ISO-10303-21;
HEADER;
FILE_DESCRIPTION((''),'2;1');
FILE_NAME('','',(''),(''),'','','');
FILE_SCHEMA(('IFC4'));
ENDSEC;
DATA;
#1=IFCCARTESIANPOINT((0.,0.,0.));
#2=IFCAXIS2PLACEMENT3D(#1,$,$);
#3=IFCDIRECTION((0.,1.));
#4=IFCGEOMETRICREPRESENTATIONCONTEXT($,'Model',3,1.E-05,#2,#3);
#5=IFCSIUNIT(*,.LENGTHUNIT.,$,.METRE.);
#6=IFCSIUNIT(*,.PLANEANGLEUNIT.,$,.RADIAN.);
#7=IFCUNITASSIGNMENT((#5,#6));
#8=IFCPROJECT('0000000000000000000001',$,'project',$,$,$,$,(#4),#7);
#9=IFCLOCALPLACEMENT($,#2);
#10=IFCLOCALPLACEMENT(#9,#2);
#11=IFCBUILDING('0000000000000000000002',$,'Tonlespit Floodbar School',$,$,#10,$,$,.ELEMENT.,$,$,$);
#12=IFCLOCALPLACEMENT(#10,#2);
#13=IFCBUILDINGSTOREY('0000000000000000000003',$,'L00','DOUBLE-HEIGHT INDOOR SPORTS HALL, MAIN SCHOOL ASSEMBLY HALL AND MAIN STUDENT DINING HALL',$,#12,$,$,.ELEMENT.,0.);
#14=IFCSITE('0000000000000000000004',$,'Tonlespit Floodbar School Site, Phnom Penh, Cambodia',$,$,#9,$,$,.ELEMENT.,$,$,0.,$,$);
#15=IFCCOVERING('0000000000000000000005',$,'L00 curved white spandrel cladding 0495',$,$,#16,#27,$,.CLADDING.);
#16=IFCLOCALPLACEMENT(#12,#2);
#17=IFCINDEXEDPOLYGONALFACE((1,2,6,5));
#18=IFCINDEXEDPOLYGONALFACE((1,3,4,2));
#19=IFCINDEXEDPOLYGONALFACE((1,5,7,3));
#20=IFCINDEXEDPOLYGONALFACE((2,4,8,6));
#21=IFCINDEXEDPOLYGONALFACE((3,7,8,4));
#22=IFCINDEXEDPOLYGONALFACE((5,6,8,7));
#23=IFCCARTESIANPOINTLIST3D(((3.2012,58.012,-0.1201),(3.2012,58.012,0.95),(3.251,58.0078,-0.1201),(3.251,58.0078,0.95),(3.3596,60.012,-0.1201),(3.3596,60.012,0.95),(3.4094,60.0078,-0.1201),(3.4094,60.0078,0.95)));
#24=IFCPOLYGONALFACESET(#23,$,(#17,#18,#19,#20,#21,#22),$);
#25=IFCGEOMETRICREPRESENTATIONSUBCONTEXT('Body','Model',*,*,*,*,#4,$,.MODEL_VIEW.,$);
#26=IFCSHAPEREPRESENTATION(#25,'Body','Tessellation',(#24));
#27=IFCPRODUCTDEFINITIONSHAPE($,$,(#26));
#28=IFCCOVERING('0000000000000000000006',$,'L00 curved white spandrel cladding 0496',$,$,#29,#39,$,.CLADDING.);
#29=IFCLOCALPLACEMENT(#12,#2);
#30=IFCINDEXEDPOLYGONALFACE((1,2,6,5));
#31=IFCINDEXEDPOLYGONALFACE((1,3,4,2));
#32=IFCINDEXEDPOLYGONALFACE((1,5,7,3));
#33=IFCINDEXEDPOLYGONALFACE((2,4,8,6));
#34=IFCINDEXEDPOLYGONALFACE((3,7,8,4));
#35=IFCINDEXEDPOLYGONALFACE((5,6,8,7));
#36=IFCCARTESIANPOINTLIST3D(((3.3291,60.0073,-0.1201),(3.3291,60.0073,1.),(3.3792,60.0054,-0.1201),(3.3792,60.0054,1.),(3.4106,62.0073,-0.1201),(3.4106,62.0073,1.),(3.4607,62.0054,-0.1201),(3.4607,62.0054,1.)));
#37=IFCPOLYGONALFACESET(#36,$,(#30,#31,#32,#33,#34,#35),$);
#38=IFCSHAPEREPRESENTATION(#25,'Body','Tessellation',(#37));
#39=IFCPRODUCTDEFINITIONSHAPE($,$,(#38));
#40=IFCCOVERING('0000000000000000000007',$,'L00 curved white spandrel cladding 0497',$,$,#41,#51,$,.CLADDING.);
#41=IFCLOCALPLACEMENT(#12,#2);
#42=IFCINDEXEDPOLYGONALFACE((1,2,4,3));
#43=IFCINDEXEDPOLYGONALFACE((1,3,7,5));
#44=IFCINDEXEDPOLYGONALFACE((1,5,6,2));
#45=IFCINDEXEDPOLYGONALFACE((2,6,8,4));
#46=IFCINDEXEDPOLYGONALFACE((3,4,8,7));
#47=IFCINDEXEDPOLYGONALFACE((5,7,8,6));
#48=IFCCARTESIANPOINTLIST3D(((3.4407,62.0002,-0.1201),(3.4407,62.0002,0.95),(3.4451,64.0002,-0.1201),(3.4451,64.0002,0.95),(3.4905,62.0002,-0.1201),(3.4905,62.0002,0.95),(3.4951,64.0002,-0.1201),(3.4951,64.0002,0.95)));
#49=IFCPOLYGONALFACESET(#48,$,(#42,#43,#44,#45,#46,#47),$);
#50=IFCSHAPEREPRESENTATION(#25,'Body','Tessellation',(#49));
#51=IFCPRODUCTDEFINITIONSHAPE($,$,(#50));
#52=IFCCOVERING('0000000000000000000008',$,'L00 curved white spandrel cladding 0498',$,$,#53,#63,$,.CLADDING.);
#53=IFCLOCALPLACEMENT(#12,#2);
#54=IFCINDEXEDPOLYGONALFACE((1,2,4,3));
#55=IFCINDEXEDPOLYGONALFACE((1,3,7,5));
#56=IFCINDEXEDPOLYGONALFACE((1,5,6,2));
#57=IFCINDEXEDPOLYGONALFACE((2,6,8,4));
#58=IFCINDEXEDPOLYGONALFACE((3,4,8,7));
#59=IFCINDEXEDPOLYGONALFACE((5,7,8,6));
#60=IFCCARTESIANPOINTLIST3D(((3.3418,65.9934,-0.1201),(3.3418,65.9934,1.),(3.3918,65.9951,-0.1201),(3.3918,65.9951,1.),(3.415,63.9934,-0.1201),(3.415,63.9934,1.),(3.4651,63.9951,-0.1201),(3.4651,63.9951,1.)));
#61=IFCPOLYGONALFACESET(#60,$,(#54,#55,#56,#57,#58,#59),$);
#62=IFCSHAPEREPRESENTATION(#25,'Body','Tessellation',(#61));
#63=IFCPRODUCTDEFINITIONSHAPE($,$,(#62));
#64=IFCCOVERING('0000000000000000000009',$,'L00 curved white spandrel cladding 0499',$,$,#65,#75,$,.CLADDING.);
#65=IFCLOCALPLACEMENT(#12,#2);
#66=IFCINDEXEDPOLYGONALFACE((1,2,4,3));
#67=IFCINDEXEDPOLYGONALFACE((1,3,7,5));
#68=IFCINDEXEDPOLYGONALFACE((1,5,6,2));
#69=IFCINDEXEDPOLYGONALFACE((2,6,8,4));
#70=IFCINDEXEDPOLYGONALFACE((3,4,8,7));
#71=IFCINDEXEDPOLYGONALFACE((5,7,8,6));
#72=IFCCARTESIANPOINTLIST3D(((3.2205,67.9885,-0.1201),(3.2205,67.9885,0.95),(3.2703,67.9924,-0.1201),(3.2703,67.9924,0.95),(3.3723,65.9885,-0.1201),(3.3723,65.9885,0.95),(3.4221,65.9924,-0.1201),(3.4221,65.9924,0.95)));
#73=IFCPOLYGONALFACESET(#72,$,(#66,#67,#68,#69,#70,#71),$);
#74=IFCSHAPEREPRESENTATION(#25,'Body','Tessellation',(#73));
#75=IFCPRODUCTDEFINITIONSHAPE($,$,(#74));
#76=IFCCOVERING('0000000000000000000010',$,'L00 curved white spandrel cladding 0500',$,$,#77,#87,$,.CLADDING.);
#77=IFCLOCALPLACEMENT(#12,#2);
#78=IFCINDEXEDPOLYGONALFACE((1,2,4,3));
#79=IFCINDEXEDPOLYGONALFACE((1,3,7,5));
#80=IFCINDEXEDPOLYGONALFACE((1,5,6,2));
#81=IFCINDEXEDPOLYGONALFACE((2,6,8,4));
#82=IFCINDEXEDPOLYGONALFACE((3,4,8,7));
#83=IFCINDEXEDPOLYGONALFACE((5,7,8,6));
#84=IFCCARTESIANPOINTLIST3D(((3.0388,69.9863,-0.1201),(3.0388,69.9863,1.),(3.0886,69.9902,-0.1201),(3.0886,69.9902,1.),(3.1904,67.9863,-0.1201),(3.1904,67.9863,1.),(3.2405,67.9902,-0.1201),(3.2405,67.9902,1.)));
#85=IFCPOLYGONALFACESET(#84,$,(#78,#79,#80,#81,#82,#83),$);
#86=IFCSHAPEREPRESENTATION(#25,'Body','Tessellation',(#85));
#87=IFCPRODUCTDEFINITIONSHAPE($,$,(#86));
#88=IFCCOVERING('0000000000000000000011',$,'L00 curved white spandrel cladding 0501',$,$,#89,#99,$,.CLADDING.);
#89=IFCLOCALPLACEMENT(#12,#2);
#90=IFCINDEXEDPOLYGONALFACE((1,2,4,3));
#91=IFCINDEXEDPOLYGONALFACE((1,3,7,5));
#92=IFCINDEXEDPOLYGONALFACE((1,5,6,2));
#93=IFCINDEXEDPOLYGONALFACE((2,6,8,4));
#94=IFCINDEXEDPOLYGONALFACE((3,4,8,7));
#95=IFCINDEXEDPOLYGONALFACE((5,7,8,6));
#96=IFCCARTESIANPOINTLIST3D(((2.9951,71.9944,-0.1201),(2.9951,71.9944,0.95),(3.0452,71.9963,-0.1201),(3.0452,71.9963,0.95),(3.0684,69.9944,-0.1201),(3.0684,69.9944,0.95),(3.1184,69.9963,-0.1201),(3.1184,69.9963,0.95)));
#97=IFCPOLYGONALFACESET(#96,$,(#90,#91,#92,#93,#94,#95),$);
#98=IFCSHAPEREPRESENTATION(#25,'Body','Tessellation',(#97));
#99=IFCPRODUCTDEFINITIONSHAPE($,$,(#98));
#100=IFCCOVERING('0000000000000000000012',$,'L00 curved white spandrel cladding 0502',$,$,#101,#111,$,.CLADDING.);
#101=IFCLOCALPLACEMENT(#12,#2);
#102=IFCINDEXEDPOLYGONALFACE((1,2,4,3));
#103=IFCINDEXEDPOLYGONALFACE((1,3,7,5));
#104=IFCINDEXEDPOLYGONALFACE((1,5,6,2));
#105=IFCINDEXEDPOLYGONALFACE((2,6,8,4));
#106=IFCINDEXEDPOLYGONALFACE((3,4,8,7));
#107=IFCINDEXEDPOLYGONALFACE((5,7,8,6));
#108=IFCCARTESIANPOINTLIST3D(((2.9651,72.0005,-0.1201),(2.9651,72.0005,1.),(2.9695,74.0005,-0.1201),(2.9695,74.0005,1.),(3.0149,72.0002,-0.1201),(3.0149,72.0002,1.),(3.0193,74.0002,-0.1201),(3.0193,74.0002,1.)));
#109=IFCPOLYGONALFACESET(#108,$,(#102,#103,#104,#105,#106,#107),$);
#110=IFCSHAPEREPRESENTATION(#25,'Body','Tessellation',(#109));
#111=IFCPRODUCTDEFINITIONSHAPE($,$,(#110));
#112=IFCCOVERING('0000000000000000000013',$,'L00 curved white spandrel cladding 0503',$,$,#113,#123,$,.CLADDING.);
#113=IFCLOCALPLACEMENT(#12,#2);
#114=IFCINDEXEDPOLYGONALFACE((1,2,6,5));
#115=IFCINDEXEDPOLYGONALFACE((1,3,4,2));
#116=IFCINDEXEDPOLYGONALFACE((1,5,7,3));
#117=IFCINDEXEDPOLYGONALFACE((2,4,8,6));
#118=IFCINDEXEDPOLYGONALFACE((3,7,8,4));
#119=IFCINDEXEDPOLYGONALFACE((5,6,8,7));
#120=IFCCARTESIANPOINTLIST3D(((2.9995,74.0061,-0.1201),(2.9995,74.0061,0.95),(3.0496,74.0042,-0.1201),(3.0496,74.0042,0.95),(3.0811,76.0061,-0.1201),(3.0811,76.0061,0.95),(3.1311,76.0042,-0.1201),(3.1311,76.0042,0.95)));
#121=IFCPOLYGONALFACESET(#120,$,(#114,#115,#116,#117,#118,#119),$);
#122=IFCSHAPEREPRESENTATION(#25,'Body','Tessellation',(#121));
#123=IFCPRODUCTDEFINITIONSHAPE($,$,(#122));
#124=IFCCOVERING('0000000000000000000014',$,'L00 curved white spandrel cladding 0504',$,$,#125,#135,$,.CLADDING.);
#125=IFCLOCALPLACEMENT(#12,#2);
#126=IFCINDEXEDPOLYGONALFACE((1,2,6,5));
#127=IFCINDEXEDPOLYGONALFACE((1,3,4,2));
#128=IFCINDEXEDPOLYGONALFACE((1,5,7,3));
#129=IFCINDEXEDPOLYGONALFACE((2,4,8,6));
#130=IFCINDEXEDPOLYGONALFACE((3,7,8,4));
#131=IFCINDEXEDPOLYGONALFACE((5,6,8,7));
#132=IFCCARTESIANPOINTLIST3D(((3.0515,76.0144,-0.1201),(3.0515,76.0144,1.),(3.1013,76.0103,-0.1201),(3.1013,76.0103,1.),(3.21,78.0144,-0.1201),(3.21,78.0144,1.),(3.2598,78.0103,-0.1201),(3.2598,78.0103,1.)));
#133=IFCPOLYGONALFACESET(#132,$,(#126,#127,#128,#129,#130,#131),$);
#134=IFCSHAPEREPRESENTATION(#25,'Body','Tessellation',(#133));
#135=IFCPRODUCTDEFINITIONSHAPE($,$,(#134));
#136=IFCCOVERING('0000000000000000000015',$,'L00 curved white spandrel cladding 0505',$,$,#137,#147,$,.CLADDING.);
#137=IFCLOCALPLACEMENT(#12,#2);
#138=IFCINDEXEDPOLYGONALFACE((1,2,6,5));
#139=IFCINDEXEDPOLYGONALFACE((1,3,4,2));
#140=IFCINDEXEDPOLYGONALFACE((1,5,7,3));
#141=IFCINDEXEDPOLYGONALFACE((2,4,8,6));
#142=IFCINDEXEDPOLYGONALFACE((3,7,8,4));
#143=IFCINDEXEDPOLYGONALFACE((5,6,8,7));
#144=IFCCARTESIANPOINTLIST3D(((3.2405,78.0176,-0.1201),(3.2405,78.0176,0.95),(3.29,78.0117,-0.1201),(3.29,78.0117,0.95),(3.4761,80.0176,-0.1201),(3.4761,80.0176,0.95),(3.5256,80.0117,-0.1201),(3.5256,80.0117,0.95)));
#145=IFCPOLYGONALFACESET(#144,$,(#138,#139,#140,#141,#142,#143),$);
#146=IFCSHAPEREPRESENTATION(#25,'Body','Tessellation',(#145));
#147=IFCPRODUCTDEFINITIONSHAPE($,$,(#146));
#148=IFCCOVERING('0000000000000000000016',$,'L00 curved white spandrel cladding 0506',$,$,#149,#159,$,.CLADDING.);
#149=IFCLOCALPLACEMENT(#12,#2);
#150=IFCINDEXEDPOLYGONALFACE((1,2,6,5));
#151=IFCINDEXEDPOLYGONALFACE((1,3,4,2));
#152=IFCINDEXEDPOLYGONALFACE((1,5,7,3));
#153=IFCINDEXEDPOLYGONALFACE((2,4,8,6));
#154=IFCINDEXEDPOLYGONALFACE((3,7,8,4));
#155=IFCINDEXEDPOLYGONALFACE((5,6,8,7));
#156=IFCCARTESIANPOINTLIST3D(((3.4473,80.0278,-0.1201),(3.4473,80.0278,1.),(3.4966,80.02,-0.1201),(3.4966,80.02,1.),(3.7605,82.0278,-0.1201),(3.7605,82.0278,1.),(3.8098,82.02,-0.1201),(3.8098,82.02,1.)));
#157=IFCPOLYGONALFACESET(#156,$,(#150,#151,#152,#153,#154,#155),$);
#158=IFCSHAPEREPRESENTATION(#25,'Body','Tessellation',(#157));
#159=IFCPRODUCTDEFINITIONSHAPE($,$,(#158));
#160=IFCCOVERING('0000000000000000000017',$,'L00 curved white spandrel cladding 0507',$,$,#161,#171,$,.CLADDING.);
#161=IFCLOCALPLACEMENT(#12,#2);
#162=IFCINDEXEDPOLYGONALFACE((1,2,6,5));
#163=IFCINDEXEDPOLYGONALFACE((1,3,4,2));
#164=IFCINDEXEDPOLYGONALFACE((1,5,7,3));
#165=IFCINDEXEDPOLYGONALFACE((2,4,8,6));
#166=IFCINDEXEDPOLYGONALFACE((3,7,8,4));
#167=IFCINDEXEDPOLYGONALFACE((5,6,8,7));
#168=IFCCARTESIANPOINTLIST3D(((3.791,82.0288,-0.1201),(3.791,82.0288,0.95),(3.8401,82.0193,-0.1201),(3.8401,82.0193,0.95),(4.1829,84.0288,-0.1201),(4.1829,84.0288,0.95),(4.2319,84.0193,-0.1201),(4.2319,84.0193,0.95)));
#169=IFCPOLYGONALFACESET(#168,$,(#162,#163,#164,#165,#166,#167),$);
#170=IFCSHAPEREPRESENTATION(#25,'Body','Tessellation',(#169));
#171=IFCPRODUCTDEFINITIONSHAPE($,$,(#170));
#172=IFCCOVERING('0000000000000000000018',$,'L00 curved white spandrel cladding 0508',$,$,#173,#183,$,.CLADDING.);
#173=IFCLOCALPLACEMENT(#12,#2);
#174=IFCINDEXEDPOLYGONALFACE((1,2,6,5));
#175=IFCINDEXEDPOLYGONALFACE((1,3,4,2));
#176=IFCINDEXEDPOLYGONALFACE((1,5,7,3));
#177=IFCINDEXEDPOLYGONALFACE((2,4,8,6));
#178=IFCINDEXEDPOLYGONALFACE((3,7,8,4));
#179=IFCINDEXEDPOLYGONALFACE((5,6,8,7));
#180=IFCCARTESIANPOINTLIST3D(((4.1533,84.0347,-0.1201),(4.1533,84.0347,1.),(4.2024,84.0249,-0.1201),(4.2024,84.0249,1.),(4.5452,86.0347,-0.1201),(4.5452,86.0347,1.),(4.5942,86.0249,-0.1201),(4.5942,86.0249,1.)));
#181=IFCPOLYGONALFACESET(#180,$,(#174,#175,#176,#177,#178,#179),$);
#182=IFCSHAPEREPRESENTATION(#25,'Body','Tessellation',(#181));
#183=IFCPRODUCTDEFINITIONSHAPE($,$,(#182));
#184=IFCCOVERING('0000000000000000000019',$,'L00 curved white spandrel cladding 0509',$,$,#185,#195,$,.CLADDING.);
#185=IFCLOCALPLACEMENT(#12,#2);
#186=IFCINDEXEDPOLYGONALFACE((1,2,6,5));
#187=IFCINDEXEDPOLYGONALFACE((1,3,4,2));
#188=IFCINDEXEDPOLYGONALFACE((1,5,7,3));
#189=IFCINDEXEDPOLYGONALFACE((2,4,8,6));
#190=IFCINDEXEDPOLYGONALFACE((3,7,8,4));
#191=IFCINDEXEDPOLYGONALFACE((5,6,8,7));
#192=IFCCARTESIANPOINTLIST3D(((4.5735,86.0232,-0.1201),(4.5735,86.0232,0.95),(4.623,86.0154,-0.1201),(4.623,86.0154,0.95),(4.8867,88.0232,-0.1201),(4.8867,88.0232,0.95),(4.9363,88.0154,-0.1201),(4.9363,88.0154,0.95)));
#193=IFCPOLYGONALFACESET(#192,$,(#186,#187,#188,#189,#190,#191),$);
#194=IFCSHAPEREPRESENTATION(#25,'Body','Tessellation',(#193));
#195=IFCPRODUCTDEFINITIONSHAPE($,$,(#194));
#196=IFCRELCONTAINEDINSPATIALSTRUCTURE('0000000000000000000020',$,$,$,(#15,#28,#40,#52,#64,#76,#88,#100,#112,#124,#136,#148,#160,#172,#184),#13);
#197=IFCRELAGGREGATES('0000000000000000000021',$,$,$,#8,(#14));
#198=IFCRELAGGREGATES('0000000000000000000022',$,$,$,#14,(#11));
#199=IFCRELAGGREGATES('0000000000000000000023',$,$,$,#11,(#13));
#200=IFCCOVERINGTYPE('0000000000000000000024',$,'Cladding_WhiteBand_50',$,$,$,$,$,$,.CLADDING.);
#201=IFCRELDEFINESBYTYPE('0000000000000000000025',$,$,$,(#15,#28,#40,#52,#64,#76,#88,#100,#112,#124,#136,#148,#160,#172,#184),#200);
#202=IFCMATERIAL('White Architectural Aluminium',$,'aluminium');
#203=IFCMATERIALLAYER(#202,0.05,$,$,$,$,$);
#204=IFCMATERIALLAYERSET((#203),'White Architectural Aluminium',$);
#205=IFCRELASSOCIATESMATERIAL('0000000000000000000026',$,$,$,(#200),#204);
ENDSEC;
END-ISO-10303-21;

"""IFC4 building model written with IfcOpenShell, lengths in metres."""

from ifc_helpers import new_model, si_unit, direction, frame, origin, place, context, subcontext, project, spatial, polyline, outline, extrude, material, layer, layer_set, type_object, element, save


model = new_model("IFC4")

# Units and contexts
model_context = context("Model", 3, precision=1e-05, world=origin(), true_north=direction((0.0, 1.0)))
body_context = subcontext(model_context, "Body", "Model", "MODEL_VIEW")
ifc_project = project(units=[si_unit("LENGTHUNIT", "METRE"), si_unit("PLANEANGLEUNIT", "RADIAN")], contexts=[model_context])

# Site, building, storey
site_placement = place(None, origin())
site = spatial("IfcSite", under=ifc_project, at=site_placement, Name="Tonlespit Floodbar School Site, Phnom Penh, Cambodia", CompositionType="ELEMENT", RefElevation=0.0)
building_placement = place(site_placement, origin())
building = spatial("IfcBuilding", under=site, at=building_placement, Name="Tonlespit Floodbar School", CompositionType="ELEMENT")
storey_placement = place(building_placement, origin())
storey = spatial("IfcBuildingStorey", under=building, at=storey_placement, Name="L00", Description="DOUBLE-HEIGHT INDOOR SPORTS HALL, MAIN SCHOOL ASSEMBLY HALL AND MAIN STUDENT DINING HALL", CompositionType="ELEMENT", Elevation=0.0)

# Coverings
ifc_material = material(Name="White Architectural Aluminium", Category="aluminium")
ifc_layer = layer(ifc_material, 0.05)
ifc_layer_set = layer_set([ifc_layer], Name="White Architectural Aluminium")
covering_type = type_object("IfcCoveringType", Name="Cladding_WhiteBand_50", PredefinedType="CLADDING", material=ifc_layer_set)
covering_1_placement = place(storey_placement, frame((0.0, 0.0, -0.1201)))
element("IfcCovering", 1, at=covering_1_placement, inside=storey, type_object=covering_type, Name="L00 curved white spandrel cladding 0495", PredefinedType="CLADDING", context=body_context, shape_type="SweptSolid", body=[
    extrude(outline(polyline([(3.251, 58.0078), (3.4094, 60.0078), (3.3596, 60.012), (3.2012, 58.012), (3.251, 58.0078)])), origin(), (0.0, 0.0, 1.0), 1.0701),
])
covering_2_placement = place(storey_placement, frame((0.0, 0.0, -0.1201)))
element("IfcCovering", 2, at=covering_2_placement, inside=storey, type_object=covering_type, Name="L00 curved white spandrel cladding 0496", PredefinedType="CLADDING", context=body_context, shape_type="SweptSolid", body=[
    extrude(outline(polyline([(3.3792, 60.0054), (3.4607, 62.0054), (3.4106, 62.0073), (3.3291, 60.0073), (3.3792, 60.0054)])), origin(), (0.0, 0.0, 1.0), 1.1201),
])
covering_3_placement = place(storey_placement, frame((0.0, 0.0, -0.1201)))
element("IfcCovering", 3, at=covering_3_placement, inside=storey, type_object=covering_type, Name="L00 curved white spandrel cladding 0497", PredefinedType="CLADDING", context=body_context, shape_type="SweptSolid", body=[
    extrude(outline(polyline([(3.4905, 62.0002), (3.4951, 64.0002), (3.4451, 64.0002), (3.4407, 62.0002), (3.4905, 62.0002)])), origin(), (0.0, 0.0, 1.0), 1.0701),
])
covering_4_placement = place(storey_placement, frame((0.0, 0.0, -0.1201)))
element("IfcCovering", 4, at=covering_4_placement, inside=storey, type_object=covering_type, Name="L00 curved white spandrel cladding 0498", PredefinedType="CLADDING", context=body_context, shape_type="SweptSolid", body=[
    extrude(outline(polyline([(3.4651, 63.9951), (3.3918, 65.9951), (3.3418, 65.9934), (3.415, 63.9934), (3.4651, 63.9951)])), origin(), (0.0, 0.0, 1.0), 1.1201),
])
covering_5_placement = place(storey_placement, frame((0.0, 0.0, -0.1201)))
element("IfcCovering", 5, at=covering_5_placement, inside=storey, type_object=covering_type, Name="L00 curved white spandrel cladding 0499", PredefinedType="CLADDING", context=body_context, shape_type="SweptSolid", body=[
    extrude(outline(polyline([(3.4221, 65.9924), (3.2703, 67.9924), (3.2205, 67.9885), (3.3723, 65.9885), (3.4221, 65.9924)])), origin(), (0.0, 0.0, 1.0), 1.0701),
])
covering_6_placement = place(storey_placement, frame((0.0, 0.0, -0.1201)))
element("IfcCovering", 6, at=covering_6_placement, inside=storey, type_object=covering_type, Name="L00 curved white spandrel cladding 0500", PredefinedType="CLADDING", context=body_context, shape_type="SweptSolid", body=[
    extrude(outline(polyline([(3.2405, 67.9902), (3.0886, 69.9902), (3.0388, 69.9863), (3.1904, 67.9863), (3.2405, 67.9902)])), origin(), (0.0, 0.0, 1.0), 1.1201),
])
covering_7_placement = place(storey_placement, frame((0.0, 0.0, -0.1201)))
element("IfcCovering", 7, at=covering_7_placement, inside=storey, type_object=covering_type, Name="L00 curved white spandrel cladding 0501", PredefinedType="CLADDING", context=body_context, shape_type="SweptSolid", body=[
    extrude(outline(polyline([(3.1184, 69.9963), (3.0452, 71.9963), (2.9951, 71.9944), (3.0684, 69.9944), (3.1184, 69.9963)])), origin(), (0.0, 0.0, 1.0), 1.0701),
])
covering_8_placement = place(storey_placement, frame((0.0, 0.0, -0.1201)))
element("IfcCovering", 8, at=covering_8_placement, inside=storey, type_object=covering_type, Name="L00 curved white spandrel cladding 0502", PredefinedType="CLADDING", context=body_context, shape_type="SweptSolid", body=[
    extrude(outline(polyline([(3.0149, 72.0002), (3.0193, 74.0002), (2.9695, 74.0005), (2.9651, 72.0005), (3.0149, 72.0002)])), origin(), (0.0, 0.0, 1.0), 1.1201),
])
covering_9_placement = place(storey_placement, frame((0.0, 0.0, -0.1201)))
element("IfcCovering", 9, at=covering_9_placement, inside=storey, type_object=covering_type, Name="L00 curved white spandrel cladding 0503", PredefinedType="CLADDING", context=body_context, shape_type="SweptSolid", body=[
    extrude(outline(polyline([(3.0496, 74.0042), (3.1311, 76.0042), (3.0811, 76.0061), (2.9995, 74.0061), (3.0496, 74.0042)])), origin(), (0.0, 0.0, 1.0), 1.0701),
])
covering_10_placement = place(storey_placement, frame((0.0, 0.0, -0.1201)))
element("IfcCovering", 10, at=covering_10_placement, inside=storey, type_object=covering_type, Name="L00 curved white spandrel cladding 0504", PredefinedType="CLADDING", context=body_context, shape_type="SweptSolid", body=[
    extrude(outline(polyline([(3.1013, 76.0103), (3.2598, 78.0103), (3.21, 78.0144), (3.0515, 76.0144), (3.1013, 76.0103)])), origin(), (0.0, 0.0, 1.0), 1.1201),
])
covering_11_placement = place(storey_placement, frame((0.0, 0.0, -0.1201)))
element("IfcCovering", 11, at=covering_11_placement, inside=storey, type_object=covering_type, Name="L00 curved white spandrel cladding 0505", PredefinedType="CLADDING", context=body_context, shape_type="SweptSolid", body=[
    extrude(outline(polyline([(3.29, 78.0117), (3.5256, 80.0117), (3.4761, 80.0176), (3.2405, 78.0176), (3.29, 78.0117)])), origin(), (0.0, 0.0, 1.0), 1.0701),
])
covering_12_placement = place(storey_placement, frame((0.0, 0.0, -0.1201)))
element("IfcCovering", 12, at=covering_12_placement, inside=storey, type_object=covering_type, Name="L00 curved white spandrel cladding 0506", PredefinedType="CLADDING", context=body_context, shape_type="SweptSolid", body=[
    extrude(outline(polyline([(3.4966, 80.02), (3.8098, 82.02), (3.7605, 82.0278), (3.4473, 80.0278), (3.4966, 80.02)])), origin(), (0.0, 0.0, 1.0), 1.1201),
])
covering_13_placement = place(storey_placement, frame((0.0, 0.0, -0.1201)))
element("IfcCovering", 13, at=covering_13_placement, inside=storey, type_object=covering_type, Name="L00 curved white spandrel cladding 0507", PredefinedType="CLADDING", context=body_context, shape_type="SweptSolid", body=[
    extrude(outline(polyline([(3.8401, 82.0193), (4.2319, 84.0193), (4.1829, 84.0288), (3.791, 82.0288), (3.8401, 82.0193)])), origin(), (0.0, 0.0, 1.0), 1.0701),
])
covering_14_placement = place(storey_placement, frame((0.0, 0.0, -0.1201)))
element("IfcCovering", 14, at=covering_14_placement, inside=storey, type_object=covering_type, Name="L00 curved white spandrel cladding 0508", PredefinedType="CLADDING", context=body_context, shape_type="SweptSolid", body=[
    extrude(outline(polyline([(4.2024, 84.0249), (4.5942, 86.0249), (4.5452, 86.0347), (4.1533, 84.0347), (4.2024, 84.0249)])), origin(), (0.0, 0.0, 1.0), 1.1201),
])
covering_15_placement = place(storey_placement, frame((0.0, 0.0, -0.1201)))
element("IfcCovering", 15, at=covering_15_placement, inside=storey, type_object=covering_type, Name="L00 curved white spandrel cladding 0509", PredefinedType="CLADDING", context=body_context, shape_type="SweptSolid", body=[
    extrude(outline(polyline([(4.623, 86.0154), (4.9363, 88.0154), (4.8867, 88.0232), (4.5735, 86.0232), (4.623, 86.0154)])), origin(), (0.0, 0.0, 1.0), 1.0701),
])

save(model, "model.ifc")
